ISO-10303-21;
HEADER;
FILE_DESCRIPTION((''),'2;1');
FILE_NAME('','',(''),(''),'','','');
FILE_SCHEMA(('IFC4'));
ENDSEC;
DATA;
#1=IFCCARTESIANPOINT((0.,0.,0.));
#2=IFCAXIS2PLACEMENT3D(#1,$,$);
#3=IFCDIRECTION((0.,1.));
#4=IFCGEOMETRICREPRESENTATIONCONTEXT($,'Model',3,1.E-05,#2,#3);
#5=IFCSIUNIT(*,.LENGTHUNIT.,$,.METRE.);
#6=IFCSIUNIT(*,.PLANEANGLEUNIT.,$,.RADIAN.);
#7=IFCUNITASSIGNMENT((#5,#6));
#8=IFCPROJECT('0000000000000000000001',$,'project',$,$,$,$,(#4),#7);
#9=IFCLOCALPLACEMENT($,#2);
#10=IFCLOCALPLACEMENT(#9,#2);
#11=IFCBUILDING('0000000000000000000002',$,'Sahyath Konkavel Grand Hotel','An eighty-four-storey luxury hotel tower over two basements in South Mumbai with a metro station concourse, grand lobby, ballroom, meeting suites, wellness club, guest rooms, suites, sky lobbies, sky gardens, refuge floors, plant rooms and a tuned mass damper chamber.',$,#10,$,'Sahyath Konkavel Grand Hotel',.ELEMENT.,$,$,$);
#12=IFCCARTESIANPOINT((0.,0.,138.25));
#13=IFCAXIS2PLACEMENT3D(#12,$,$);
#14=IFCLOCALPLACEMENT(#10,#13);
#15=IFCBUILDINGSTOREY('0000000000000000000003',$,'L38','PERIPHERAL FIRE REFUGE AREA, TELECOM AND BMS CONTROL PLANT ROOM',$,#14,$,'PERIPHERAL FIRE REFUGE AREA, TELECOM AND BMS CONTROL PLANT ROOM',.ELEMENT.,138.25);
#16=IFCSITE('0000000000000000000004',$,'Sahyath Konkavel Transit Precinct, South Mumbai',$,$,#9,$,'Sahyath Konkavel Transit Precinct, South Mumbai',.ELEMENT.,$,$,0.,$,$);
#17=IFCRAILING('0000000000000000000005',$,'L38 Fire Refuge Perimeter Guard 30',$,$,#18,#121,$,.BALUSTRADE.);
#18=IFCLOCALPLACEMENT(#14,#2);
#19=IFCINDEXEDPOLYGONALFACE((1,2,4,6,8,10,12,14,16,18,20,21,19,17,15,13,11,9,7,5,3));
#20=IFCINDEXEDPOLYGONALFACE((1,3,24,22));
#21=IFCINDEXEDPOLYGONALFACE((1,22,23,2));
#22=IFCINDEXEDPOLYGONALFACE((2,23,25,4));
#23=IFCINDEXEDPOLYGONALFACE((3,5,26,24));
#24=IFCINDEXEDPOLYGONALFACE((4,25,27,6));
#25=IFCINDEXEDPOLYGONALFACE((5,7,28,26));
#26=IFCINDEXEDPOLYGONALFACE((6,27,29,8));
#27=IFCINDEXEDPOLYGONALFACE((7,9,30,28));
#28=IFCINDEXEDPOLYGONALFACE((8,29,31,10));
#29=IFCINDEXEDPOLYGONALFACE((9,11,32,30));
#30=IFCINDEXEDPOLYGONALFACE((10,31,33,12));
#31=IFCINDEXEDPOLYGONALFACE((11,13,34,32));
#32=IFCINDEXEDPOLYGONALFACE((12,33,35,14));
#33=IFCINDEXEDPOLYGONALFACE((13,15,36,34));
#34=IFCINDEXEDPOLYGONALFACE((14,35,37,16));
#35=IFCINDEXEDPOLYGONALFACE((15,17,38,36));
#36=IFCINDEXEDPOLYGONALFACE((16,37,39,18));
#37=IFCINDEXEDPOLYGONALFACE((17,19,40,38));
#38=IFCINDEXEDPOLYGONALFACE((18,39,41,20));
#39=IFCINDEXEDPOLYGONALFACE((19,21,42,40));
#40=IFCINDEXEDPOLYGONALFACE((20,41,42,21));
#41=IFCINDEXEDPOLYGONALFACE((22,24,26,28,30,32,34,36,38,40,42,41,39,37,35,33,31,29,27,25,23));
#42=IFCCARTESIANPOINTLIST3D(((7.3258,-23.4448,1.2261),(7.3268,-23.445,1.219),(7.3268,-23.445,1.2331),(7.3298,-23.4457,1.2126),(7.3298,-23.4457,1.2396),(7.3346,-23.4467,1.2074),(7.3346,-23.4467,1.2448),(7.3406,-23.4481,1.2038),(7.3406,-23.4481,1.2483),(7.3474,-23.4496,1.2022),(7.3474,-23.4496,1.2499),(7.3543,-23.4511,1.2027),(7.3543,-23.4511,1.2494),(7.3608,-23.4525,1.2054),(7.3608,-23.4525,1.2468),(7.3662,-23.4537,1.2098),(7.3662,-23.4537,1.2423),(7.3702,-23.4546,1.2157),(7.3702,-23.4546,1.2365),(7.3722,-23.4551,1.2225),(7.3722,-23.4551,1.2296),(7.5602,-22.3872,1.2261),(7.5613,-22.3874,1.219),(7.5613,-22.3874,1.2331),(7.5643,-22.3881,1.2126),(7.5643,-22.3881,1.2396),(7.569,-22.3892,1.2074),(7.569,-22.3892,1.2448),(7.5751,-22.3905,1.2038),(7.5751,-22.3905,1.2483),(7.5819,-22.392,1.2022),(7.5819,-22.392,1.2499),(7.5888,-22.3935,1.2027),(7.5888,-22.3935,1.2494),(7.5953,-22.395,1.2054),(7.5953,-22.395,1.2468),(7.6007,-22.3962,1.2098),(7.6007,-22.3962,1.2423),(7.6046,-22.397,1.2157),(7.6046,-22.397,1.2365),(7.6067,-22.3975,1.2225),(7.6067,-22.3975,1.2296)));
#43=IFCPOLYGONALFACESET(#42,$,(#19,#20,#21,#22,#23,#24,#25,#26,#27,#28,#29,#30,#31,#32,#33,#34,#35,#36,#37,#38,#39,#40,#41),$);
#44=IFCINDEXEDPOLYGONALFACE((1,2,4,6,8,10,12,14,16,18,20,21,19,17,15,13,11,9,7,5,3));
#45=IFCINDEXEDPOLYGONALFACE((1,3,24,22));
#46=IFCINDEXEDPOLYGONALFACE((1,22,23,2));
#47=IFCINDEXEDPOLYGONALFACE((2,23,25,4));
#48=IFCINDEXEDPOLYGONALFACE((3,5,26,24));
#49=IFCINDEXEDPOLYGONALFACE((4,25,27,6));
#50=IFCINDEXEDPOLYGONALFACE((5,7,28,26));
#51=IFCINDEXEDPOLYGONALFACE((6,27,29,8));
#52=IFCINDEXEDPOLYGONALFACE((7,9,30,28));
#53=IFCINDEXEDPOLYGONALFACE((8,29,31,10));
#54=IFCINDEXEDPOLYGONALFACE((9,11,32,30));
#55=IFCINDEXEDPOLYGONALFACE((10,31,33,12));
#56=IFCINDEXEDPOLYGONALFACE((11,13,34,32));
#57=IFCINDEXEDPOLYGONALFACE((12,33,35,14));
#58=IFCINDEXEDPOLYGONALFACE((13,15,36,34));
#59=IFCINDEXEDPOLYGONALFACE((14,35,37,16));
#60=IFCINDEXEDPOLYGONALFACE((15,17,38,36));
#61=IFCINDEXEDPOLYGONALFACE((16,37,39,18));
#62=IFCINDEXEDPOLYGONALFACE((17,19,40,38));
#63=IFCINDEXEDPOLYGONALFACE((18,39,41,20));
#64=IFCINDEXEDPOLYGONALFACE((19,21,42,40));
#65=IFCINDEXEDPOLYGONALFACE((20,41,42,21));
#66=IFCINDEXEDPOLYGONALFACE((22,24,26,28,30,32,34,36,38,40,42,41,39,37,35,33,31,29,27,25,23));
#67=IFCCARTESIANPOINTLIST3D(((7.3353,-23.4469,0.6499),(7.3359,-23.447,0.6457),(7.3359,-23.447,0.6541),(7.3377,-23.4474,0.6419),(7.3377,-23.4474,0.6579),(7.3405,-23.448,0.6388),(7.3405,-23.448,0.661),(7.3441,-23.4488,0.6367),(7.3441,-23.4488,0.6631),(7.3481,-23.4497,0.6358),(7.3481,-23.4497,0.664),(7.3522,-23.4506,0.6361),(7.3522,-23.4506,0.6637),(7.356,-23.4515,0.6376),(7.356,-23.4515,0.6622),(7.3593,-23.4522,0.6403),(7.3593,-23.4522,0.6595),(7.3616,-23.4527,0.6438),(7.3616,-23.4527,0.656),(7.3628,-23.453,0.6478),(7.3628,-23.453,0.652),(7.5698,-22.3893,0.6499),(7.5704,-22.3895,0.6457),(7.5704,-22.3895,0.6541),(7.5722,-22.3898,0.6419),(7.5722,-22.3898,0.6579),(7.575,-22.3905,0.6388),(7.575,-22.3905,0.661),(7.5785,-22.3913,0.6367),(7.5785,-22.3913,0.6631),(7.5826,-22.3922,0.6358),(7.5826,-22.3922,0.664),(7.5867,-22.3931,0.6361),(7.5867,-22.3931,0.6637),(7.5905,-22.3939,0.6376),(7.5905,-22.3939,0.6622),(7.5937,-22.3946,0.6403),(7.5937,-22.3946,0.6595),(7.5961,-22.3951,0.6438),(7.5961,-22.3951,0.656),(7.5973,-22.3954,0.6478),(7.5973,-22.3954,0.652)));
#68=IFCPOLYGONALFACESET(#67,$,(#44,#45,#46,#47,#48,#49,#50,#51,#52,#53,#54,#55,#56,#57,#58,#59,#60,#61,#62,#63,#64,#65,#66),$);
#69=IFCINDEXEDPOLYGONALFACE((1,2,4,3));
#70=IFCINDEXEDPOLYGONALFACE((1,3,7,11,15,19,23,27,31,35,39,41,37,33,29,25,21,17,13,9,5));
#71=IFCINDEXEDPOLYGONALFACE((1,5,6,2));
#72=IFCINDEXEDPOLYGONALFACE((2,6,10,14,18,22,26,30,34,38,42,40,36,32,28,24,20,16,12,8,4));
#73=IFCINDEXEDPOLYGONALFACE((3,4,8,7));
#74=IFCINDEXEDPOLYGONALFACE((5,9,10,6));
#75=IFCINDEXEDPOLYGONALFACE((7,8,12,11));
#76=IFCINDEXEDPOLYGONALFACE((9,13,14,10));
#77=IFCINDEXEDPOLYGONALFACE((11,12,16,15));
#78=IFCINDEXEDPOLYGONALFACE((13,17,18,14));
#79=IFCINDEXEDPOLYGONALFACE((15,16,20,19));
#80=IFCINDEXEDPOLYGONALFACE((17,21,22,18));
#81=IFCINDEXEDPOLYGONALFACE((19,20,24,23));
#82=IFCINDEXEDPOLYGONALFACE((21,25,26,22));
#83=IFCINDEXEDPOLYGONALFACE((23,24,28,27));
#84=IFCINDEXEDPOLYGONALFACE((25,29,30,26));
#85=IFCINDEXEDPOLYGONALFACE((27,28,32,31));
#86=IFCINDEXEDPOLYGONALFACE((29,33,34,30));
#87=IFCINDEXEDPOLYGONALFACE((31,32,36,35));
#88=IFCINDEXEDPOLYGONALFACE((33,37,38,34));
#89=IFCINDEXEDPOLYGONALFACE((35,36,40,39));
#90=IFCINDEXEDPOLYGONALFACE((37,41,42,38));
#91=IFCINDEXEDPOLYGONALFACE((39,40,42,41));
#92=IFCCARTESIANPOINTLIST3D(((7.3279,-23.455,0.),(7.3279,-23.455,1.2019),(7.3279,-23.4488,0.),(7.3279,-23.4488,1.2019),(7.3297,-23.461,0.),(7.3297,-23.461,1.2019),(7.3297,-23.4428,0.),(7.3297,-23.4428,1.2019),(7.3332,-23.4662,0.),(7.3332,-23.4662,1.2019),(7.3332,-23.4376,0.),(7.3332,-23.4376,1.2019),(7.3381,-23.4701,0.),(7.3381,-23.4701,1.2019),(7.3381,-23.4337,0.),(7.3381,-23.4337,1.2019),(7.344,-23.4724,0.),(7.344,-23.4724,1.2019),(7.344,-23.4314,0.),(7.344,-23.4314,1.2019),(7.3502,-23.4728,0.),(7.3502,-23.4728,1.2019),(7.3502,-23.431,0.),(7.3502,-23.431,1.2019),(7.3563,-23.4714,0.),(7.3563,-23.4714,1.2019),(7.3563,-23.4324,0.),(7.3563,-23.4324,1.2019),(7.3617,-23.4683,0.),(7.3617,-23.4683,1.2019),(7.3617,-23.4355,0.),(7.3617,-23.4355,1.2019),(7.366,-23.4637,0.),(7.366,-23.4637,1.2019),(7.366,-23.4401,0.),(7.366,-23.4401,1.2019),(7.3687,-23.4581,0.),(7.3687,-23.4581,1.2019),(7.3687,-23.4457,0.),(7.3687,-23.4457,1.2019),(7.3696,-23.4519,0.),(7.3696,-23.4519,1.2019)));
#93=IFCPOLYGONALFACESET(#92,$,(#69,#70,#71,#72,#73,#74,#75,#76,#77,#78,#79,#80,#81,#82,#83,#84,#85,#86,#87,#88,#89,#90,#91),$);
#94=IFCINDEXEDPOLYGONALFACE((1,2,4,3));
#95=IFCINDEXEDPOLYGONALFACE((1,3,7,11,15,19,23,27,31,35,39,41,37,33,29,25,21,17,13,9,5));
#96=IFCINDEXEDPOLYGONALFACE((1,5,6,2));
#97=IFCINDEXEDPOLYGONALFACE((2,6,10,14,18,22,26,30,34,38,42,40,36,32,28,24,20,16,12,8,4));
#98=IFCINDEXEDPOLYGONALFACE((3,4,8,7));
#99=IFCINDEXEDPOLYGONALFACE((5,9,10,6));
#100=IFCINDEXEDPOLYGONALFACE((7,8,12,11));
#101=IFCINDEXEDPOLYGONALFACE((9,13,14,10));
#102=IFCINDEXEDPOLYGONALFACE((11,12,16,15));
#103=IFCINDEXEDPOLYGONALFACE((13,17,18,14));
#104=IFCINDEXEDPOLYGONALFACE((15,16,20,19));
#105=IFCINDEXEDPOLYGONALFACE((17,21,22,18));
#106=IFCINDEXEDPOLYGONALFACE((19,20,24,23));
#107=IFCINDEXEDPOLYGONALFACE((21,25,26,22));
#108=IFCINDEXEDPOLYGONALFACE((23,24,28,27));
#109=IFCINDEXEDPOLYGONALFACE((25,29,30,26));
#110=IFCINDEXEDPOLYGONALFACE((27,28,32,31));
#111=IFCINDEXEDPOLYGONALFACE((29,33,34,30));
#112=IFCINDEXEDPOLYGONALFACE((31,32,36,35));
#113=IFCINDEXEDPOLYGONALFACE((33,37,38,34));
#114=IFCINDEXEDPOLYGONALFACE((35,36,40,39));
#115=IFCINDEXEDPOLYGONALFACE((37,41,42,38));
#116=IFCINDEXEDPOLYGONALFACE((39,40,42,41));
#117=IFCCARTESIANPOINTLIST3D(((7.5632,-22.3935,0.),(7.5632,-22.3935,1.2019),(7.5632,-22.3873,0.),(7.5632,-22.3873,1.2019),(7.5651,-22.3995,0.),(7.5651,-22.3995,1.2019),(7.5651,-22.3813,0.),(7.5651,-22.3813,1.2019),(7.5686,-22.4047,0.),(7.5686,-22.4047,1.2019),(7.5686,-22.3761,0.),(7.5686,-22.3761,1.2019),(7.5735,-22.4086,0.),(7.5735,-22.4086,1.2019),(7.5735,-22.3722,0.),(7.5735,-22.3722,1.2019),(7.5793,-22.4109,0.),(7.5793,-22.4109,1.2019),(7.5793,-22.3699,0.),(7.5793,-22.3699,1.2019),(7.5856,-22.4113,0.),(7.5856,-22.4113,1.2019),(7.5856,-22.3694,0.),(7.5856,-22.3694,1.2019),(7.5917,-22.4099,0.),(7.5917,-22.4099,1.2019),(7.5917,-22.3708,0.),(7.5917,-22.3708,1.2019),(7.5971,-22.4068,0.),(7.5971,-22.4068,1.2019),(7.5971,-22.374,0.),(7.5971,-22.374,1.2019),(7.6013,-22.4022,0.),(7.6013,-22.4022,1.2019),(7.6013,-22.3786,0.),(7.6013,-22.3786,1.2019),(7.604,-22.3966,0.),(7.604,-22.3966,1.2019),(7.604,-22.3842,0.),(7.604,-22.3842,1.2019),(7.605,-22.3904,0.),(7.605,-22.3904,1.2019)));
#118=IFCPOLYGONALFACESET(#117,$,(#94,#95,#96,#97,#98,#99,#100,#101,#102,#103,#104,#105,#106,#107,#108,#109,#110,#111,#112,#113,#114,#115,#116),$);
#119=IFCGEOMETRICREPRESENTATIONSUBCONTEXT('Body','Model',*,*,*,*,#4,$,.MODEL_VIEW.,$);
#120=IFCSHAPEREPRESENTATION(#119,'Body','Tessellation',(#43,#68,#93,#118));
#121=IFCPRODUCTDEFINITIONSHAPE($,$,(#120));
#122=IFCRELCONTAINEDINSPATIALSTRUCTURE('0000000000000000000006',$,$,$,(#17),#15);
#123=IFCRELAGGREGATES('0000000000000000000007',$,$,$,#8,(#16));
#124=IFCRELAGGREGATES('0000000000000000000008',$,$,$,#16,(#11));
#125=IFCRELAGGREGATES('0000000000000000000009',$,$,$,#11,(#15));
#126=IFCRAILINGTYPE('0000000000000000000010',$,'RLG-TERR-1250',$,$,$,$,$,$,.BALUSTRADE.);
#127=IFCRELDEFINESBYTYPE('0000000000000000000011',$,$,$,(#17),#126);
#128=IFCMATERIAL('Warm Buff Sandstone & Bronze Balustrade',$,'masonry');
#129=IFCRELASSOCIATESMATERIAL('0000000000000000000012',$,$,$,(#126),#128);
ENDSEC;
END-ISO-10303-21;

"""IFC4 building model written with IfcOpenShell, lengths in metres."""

from ifc_helpers import new_model, si_unit, direction, frame, origin, origin_2d, place, context, subcontext, project, spatial, circle, extrude, material, type_object, element, save


model = new_model("IFC4")

# Units and contexts
model_context = context("Model", 3, precision=1e-05, world=origin(), true_north=direction((0.0, 1.0)))
body_context = subcontext(model_context, "Body", "Model", "MODEL_VIEW")
ifc_project = project(units=[si_unit("LENGTHUNIT", "METRE"), si_unit("PLANEANGLEUNIT", "RADIAN")], contexts=[model_context])

# Site, building, storey
site_placement = place(None, origin())
site = spatial("IfcSite", under=ifc_project, at=site_placement, Name="Sahyath Konkavel Transit Precinct, South Mumbai", LongName="Sahyath Konkavel Transit Precinct, South Mumbai", CompositionType="ELEMENT", RefElevation=0.0)
building_placement = place(site_placement, origin())
building = spatial("IfcBuilding", under=site, at=building_placement, Name="Sahyath Konkavel Grand Hotel", Description="An eighty-four-storey luxury hotel tower over two basements in South Mumbai with a metro station concourse, grand lobby, ballroom, meeting suites, wellness club, guest rooms, suites, sky lobbies, sky gardens, refuge floors, plant rooms and a tuned mass damper chamber.", LongName="Sahyath Konkavel Grand Hotel", CompositionType="ELEMENT")
storey_placement = place(building_placement, frame((0.0, 0.0, 138.25)))
storey = spatial("IfcBuildingStorey", under=building, at=storey_placement, Name="L38", Description="PERIPHERAL FIRE REFUGE AREA, TELECOM AND BMS CONTROL PLANT ROOM", LongName="PERIPHERAL FIRE REFUGE AREA, TELECOM AND BMS CONTROL PLANT ROOM", CompositionType="ELEMENT", Elevation=138.25)

# Railing
ifc_material_1 = material(Name="Warm Buff Sandstone & Bronze Balustrade", Category="masonry")
railing_type = type_object("IfcRailingType", Name="RLG-TERR-1250", PredefinedType="BALUSTRADE", material=ifc_material_1)
railing_1_placement = place(storey_placement, frame((7.3486, -23.4519, 0.0)))
element("IfcRailing", 1, at=railing_1_placement, inside=storey, type_object=railing_type, Name="L38 Fire Refuge Perimeter Guard 30", PredefinedType="BALUSTRADE", context=body_context, shape_type="SweptSolid", body=[
    extrude(circle(Radius=0.0239, at=origin_2d()), frame((0.0005, 0.002, 1.2261), z_axis=(0.216455, 0.976293, 0.0), x_axis=(-0.976293, 0.216455, 0.0)), (0.0, 0.0, 1.0), 1.0833),
    extrude(circle(Radius=0.0142, at=origin_2d()), frame((0.0005, 0.002, 0.6499), z_axis=(0.216455, 0.976293, 0.0), x_axis=(-0.976293, 0.216455, 0.0)), (0.0, 0.0, 1.0), 1.0833),
    extrude(circle(Radius=0.021, at=origin_2d()), origin(), (0.0, 0.0, 1.0), 1.2019),
    extrude(circle(Radius=0.021, at=origin_2d()), frame((0.2354, 1.0615, 0.0)), (0.0, 0.0, 1.0), 1.2019),
])

save(model, "model.ifc")
